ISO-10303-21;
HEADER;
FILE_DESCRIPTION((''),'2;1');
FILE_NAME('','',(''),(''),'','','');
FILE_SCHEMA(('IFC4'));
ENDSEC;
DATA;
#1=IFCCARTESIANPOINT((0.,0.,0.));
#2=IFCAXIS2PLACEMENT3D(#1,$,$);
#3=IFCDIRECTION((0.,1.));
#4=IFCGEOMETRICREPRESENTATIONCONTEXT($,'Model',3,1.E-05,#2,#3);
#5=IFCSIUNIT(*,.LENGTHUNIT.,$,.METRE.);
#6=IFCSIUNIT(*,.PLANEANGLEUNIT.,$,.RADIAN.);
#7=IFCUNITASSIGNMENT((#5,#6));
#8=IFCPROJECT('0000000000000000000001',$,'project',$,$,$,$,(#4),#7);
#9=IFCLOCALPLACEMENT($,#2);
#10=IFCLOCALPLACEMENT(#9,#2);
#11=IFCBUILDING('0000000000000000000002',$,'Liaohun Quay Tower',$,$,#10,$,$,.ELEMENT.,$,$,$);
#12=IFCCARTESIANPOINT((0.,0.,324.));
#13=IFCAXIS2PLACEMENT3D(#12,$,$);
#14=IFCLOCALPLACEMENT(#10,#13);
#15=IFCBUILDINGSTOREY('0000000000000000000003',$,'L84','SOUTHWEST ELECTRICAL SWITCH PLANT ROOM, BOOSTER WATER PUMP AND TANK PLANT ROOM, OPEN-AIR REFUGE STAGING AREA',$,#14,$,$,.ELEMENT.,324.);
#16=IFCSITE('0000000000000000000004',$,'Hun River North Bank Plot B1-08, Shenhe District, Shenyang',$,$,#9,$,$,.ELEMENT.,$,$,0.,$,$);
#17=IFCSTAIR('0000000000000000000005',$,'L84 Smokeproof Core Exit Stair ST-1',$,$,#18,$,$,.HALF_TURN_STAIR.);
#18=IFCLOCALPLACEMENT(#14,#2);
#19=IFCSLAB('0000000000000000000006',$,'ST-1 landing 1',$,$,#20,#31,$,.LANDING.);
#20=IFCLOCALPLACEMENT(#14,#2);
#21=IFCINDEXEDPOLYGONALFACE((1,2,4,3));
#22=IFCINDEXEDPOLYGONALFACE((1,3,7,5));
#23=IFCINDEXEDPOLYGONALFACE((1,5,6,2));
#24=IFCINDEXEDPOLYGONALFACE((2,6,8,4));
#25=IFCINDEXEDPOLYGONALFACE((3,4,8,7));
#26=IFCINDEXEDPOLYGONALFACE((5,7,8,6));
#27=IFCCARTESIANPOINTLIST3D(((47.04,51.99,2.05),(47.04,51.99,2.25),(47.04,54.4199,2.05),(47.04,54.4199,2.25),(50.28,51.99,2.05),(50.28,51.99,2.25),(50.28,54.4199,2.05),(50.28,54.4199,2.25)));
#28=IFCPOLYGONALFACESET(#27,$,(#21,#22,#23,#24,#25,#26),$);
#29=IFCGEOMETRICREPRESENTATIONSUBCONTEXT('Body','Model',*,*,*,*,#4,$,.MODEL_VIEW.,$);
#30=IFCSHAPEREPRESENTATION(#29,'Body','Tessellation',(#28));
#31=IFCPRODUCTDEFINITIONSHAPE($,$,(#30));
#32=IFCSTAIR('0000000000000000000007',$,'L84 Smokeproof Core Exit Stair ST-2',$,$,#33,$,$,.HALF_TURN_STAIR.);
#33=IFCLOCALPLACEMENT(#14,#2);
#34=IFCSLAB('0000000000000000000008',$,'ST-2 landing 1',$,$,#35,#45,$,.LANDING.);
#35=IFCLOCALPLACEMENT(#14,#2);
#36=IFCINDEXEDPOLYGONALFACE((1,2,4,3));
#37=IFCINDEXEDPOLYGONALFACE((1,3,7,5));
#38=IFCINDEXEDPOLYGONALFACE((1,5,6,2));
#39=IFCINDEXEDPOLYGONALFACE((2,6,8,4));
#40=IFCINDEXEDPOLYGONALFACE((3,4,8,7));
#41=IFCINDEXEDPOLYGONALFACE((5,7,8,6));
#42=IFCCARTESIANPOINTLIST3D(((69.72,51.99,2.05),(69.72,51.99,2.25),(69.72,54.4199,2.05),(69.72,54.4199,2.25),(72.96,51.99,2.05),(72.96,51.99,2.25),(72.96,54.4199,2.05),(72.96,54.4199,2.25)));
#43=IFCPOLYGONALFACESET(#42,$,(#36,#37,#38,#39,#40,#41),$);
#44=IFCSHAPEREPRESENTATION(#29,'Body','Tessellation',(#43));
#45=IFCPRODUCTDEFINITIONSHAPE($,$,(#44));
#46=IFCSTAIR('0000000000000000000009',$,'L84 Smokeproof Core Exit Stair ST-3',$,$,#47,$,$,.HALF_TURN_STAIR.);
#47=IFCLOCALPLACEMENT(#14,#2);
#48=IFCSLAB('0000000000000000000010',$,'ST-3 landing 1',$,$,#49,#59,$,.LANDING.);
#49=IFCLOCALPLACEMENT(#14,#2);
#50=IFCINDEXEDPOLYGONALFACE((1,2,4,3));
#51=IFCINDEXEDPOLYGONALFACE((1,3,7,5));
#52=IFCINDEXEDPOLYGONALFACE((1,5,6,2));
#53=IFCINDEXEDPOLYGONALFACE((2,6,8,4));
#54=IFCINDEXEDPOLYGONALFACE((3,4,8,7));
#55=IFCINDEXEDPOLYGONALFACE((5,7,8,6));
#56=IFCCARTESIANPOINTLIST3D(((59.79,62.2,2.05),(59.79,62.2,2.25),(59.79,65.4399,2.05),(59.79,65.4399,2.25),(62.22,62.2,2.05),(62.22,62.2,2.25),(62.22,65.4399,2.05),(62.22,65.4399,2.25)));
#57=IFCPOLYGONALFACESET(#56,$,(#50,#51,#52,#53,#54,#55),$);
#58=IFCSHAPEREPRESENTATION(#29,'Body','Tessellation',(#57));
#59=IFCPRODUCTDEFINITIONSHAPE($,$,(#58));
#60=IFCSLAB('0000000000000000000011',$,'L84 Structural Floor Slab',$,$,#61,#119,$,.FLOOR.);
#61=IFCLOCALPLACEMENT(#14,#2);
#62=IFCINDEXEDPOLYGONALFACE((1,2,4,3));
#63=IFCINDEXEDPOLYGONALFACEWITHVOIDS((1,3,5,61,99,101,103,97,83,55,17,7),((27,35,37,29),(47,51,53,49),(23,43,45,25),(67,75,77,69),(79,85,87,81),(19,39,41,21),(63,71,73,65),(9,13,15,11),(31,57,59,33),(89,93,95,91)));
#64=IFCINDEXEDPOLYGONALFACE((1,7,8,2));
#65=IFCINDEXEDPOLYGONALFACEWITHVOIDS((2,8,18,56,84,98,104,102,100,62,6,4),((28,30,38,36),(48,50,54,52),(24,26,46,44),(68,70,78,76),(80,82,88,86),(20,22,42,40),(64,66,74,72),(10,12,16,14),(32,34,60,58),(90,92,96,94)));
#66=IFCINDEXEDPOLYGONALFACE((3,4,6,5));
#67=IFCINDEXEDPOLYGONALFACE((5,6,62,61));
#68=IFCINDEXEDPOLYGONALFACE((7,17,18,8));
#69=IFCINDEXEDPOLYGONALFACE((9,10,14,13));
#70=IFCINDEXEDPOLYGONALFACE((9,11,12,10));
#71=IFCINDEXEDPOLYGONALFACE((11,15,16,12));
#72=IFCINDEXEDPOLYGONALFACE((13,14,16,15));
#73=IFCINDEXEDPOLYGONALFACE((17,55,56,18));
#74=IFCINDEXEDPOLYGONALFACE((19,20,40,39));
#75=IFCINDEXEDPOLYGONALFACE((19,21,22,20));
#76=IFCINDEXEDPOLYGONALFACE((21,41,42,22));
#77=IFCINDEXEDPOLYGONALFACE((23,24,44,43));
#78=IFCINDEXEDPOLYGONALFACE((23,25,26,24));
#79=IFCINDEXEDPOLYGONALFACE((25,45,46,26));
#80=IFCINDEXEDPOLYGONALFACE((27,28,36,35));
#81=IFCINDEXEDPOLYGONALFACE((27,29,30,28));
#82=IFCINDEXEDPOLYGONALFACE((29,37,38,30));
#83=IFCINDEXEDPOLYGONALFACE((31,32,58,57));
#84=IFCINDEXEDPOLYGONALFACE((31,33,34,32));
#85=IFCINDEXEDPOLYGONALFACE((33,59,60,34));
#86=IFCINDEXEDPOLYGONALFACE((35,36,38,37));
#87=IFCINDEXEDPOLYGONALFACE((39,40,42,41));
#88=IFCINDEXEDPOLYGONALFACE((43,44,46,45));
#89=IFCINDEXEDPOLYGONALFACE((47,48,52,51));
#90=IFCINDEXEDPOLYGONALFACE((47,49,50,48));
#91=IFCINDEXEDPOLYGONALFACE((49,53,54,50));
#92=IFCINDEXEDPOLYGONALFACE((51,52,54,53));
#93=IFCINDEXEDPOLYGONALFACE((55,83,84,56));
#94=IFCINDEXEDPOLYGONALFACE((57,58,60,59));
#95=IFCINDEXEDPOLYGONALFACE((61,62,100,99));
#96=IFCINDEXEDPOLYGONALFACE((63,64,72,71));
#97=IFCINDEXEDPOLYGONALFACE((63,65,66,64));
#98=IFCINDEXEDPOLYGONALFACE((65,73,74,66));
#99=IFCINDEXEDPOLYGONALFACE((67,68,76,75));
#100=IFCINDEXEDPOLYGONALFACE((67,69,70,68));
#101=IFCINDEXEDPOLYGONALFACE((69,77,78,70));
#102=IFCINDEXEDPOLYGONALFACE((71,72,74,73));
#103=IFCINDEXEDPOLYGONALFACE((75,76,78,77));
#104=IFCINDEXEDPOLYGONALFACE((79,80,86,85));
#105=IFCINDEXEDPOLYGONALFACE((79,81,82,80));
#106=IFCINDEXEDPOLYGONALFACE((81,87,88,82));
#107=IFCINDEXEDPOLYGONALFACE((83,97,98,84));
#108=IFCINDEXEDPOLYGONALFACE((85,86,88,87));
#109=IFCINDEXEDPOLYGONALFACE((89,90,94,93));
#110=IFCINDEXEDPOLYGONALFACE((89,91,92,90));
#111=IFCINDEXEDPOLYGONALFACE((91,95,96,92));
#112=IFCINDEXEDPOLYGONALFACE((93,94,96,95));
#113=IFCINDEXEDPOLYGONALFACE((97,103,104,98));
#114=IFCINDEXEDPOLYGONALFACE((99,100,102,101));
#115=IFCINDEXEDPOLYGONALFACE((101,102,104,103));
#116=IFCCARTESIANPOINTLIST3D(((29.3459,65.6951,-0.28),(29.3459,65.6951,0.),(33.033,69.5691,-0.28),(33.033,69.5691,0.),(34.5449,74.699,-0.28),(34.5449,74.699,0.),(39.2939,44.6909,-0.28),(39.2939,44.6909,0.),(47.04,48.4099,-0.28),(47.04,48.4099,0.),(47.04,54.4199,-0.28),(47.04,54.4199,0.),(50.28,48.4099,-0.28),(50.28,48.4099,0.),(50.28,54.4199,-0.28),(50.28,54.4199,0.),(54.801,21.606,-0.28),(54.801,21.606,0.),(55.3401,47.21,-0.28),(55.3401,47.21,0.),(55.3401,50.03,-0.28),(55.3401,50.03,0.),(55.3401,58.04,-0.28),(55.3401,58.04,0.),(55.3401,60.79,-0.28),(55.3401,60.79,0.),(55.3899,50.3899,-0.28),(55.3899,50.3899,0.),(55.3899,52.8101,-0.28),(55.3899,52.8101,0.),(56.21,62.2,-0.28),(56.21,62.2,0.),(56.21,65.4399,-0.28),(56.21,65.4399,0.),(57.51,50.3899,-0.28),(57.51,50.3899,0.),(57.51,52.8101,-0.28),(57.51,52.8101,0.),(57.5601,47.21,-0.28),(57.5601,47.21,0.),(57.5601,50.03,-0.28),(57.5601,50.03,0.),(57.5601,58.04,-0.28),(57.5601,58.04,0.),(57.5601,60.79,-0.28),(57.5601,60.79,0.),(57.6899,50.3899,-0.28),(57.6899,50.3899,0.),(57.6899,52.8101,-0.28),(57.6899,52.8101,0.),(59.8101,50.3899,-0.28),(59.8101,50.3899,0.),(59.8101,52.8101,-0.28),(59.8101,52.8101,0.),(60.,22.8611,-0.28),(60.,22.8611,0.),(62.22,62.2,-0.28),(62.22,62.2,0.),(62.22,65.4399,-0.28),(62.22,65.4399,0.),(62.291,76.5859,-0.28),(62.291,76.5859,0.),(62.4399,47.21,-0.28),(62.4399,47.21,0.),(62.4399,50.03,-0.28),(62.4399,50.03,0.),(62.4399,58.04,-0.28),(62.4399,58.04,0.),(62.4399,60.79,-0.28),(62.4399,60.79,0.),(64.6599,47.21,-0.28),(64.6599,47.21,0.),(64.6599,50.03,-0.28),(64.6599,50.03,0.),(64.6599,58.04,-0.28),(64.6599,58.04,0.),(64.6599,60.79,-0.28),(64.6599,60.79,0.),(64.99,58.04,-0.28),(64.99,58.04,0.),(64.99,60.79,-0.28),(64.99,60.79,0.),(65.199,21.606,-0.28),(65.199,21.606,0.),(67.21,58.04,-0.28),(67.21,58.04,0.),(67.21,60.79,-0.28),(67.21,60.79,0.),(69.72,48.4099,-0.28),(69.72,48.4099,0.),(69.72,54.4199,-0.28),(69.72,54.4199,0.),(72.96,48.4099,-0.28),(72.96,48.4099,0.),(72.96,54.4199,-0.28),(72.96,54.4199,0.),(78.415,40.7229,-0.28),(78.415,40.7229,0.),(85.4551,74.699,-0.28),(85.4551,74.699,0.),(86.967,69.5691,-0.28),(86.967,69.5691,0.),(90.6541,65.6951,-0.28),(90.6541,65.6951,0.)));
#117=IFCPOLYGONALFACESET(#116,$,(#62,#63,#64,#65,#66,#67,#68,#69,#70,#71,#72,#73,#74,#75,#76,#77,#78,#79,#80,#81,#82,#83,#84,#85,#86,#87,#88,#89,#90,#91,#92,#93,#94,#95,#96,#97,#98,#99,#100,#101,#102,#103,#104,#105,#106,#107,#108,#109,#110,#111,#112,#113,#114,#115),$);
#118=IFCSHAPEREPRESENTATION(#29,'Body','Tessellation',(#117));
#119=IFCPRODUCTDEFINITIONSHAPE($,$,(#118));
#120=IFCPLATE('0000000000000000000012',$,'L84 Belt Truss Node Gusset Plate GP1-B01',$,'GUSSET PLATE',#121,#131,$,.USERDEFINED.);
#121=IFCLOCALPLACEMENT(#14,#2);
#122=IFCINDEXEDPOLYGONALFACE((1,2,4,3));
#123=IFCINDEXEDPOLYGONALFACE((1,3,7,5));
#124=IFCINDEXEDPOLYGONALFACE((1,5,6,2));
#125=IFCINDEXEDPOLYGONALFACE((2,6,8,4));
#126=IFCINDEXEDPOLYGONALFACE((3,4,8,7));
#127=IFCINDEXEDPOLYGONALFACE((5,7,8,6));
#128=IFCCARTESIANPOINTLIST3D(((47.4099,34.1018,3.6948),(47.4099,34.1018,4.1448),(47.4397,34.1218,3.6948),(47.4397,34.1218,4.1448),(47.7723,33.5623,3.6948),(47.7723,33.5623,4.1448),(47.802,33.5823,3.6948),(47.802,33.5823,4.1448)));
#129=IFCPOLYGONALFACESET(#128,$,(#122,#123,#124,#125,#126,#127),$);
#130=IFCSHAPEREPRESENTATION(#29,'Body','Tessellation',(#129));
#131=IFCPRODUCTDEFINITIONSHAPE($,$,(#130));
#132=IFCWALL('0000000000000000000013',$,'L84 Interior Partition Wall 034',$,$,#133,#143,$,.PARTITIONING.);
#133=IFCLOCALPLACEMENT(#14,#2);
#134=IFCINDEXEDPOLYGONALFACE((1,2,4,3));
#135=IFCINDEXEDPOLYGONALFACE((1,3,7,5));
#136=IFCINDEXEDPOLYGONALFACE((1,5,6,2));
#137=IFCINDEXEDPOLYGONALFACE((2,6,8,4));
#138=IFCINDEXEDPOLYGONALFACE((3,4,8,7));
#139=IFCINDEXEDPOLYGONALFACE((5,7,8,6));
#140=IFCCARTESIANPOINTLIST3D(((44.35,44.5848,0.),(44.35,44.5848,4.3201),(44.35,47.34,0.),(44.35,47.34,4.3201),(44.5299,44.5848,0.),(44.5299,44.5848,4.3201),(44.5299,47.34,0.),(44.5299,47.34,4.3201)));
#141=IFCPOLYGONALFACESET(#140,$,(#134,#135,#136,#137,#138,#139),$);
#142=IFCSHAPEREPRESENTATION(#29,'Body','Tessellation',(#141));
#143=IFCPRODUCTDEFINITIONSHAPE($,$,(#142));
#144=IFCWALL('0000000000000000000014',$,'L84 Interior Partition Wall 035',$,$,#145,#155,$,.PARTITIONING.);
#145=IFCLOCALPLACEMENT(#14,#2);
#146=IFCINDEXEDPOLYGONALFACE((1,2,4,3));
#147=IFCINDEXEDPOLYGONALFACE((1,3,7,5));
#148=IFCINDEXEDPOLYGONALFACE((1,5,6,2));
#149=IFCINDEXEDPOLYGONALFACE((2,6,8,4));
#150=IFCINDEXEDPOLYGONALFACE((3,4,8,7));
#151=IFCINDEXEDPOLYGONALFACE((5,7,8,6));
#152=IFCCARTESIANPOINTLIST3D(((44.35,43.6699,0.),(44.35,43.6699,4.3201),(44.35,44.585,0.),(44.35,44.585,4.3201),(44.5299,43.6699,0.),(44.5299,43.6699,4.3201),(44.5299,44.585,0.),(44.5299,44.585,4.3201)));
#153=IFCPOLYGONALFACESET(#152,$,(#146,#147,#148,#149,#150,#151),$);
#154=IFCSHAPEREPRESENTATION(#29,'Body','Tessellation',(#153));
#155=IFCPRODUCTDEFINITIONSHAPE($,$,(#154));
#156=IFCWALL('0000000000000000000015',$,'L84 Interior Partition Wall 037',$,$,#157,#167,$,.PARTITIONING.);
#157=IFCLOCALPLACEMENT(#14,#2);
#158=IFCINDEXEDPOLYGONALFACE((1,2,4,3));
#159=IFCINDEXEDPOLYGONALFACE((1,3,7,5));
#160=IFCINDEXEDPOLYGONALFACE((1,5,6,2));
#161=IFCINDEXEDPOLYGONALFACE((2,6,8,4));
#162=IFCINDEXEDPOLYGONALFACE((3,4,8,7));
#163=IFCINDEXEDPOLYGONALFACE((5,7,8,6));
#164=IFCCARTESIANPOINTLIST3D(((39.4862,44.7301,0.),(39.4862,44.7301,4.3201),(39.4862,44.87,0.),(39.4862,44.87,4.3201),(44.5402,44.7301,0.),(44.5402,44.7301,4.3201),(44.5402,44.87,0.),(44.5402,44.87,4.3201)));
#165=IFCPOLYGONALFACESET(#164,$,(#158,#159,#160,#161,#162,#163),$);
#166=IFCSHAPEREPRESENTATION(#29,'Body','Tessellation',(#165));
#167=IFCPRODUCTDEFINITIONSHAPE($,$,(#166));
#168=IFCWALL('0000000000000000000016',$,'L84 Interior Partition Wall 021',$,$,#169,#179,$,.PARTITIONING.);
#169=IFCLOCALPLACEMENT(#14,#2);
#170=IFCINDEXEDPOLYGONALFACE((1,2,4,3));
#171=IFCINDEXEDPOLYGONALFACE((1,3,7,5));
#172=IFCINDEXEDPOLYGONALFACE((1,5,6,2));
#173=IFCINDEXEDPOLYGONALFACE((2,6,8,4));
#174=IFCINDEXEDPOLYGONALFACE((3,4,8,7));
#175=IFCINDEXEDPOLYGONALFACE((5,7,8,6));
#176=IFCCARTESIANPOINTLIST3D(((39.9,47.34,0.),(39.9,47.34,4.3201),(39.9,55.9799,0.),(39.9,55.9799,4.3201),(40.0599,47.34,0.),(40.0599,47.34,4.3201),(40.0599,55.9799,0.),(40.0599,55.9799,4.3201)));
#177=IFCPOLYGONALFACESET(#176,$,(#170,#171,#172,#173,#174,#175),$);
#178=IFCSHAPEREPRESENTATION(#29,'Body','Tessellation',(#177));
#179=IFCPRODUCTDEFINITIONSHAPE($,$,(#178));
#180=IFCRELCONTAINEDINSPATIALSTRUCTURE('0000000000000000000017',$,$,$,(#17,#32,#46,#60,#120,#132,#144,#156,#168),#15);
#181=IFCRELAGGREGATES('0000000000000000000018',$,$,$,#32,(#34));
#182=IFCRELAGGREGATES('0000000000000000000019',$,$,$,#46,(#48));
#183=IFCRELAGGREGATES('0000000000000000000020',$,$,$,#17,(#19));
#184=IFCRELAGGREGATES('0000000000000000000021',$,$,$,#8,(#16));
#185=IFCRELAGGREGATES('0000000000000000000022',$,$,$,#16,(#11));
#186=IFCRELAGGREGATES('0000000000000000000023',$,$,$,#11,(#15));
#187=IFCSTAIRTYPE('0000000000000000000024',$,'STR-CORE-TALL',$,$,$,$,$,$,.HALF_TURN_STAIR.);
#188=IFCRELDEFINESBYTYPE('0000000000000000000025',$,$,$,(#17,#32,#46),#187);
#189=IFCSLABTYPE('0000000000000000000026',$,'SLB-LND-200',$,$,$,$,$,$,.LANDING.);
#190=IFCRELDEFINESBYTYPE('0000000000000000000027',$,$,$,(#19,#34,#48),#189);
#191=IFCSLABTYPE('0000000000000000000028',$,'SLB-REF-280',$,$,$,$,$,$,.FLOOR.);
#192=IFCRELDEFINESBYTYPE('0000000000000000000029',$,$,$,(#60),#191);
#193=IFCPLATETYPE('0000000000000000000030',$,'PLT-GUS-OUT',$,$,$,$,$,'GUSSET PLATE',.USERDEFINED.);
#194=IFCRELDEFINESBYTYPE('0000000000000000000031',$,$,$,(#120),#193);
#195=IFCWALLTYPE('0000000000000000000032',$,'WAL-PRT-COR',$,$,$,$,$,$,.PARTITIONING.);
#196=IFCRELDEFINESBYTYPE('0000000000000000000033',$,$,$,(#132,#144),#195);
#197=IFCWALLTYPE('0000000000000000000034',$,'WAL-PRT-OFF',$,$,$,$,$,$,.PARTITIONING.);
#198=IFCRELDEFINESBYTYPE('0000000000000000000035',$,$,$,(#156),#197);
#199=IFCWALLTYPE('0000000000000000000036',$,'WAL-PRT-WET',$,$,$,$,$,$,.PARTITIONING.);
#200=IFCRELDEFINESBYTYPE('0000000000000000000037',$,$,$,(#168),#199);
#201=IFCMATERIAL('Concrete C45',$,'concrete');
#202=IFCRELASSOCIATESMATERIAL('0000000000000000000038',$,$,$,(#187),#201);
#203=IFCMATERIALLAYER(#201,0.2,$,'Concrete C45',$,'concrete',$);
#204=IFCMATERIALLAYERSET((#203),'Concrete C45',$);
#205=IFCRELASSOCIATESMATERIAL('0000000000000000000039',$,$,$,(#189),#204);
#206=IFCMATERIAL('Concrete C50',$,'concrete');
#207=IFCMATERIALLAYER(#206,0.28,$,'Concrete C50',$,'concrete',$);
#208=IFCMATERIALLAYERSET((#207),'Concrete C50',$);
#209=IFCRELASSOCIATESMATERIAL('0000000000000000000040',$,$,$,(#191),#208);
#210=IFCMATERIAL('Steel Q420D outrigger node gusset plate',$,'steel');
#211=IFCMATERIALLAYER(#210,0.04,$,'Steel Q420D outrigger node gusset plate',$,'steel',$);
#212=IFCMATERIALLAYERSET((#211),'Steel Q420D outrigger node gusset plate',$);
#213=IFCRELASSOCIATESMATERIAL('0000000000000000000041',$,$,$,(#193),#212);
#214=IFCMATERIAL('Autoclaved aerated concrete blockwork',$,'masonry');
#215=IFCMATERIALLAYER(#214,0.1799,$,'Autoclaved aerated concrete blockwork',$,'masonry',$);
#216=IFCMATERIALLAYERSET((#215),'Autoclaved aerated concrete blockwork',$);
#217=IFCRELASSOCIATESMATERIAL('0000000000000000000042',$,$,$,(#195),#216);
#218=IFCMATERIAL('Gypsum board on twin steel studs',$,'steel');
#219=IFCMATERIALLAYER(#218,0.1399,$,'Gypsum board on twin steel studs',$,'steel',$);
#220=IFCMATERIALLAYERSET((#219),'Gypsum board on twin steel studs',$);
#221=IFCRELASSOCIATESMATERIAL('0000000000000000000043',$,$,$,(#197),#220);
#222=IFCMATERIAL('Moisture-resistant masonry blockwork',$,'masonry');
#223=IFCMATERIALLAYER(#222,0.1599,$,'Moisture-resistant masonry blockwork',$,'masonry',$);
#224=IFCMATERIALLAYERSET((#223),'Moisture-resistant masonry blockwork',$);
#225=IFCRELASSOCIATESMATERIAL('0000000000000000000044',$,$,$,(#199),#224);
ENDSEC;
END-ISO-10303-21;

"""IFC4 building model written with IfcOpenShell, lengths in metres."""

from ifc_helpers import new_model, si_unit, direction, frame, frame_2d, origin, origin_2d, place, context, subcontext, project, spatial, polyline, rectangle, outline, extrude, source, transform, mapped, material, layer, layer_set, type_object, element, aggregate, save


model = new_model("IFC4")

# Units and contexts
model_context = context("Model", 3, precision=1e-05, world=origin(), true_north=direction((0.0, 1.0)))
body_context = subcontext(model_context, "Body", "Model", "MODEL_VIEW")
ifc_project = project(units=[si_unit("LENGTHUNIT", "METRE"), si_unit("PLANEANGLEUNIT", "RADIAN")], contexts=[model_context])

# Site, building, storey
site_placement = place(None, origin())
site = spatial("IfcSite", under=ifc_project, at=site_placement, Name="Hun River North Bank Plot B1-08, Shenhe District, Shenyang", CompositionType="ELEMENT", RefElevation=0.0)
building_placement = place(site_placement, origin())
building = spatial("IfcBuilding", under=site, at=building_placement, Name="Liaohun Quay Tower", CompositionType="ELEMENT")
storey_placement = place(building_placement, frame((0.0, 0.0, 324.0)))
storey = spatial("IfcBuildingStorey", under=building, at=storey_placement, Name="L84", Description="SOUTHWEST ELECTRICAL SWITCH PLANT ROOM, BOOSTER WATER PUMP AND TANK PLANT ROOM, OPEN-AIR REFUGE STAGING AREA", CompositionType="ELEMENT", Elevation=324.0)

# Shared definitions
ifc_material_1 = material(Name="Concrete C50", Category="concrete")

# Stairs, slabs
ifc_material_2 = material(Name="Concrete C45", Category="concrete")
stair_type = type_object("IfcStairType", Name="STR-CORE-TALL", PredefinedType="HALF_TURN_STAIR", material=ifc_material_2)
stair_1_placement = place(storey_placement, origin())
stair_1 = element("IfcStair", 1, at=stair_1_placement, inside=storey, type_object=stair_type, Name="L84 Smokeproof Core Exit Stair ST-1", PredefinedType="HALF_TURN_STAIR")
ifc_layer_1 = layer(ifc_material_2, 0.2, Name="Concrete C45", Category="concrete")
ifc_layer_set_1 = layer_set([ifc_layer_1], Name="Concrete C45")
slab_type_1 = type_object("IfcSlabType", Name="SLB-LND-200", PredefinedType="LANDING", material=ifc_layer_set_1)
slab_1_placement = place(storey_placement, frame((0.0, 0.0, 2.05)))
slab_1 = element("IfcSlab", 2, at=slab_1_placement, type_object=slab_type_1, Name="ST-1 landing 1", PredefinedType="LANDING", context=body_context, shape_type="SweptSolid", body=[
    extrude(outline(polyline([(50.28, 51.99), (50.28, 54.4199), (47.04, 54.4199), (47.04, 51.99), (50.28, 51.99)])), origin(), (0.0, 0.0, 1.0), 0.2),
])
stair_2_placement = place(storey_placement, origin())
stair_2 = element("IfcStair", 3, at=stair_2_placement, inside=storey, type_object=stair_type, Name="L84 Smokeproof Core Exit Stair ST-2", PredefinedType="HALF_TURN_STAIR")
slab_2_placement = place(storey_placement, frame((0.0, 0.0, 2.05)))
slab_2 = element("IfcSlab", 4, at=slab_2_placement, type_object=slab_type_1, Name="ST-2 landing 1", PredefinedType="LANDING", context=body_context, shape_type="SweptSolid", body=[
    extrude(outline(polyline([(72.96, 51.99), (72.96, 54.4199), (69.72, 54.4199), (69.72, 51.99), (72.96, 51.99)])), origin(), (0.0, 0.0, 1.0), 0.2),
])
aggregate(stair_2, [slab_2])
stair_3_placement = place(storey_placement, origin())
stair_3 = element("IfcStair", 5, at=stair_3_placement, inside=storey, type_object=stair_type, Name="L84 Smokeproof Core Exit Stair ST-3", PredefinedType="HALF_TURN_STAIR")
slab_3_placement = place(storey_placement, frame((0.0, 0.0, 2.05)))
slab_3 = element("IfcSlab", 6, at=slab_3_placement, type_object=slab_type_1, Name="ST-3 landing 1", PredefinedType="LANDING", context=body_context, shape_type="SweptSolid", body=[
    extrude(outline(polyline([(59.79, 62.2), (62.22, 62.2), (62.22, 65.4399), (59.79, 65.4399), (59.79, 62.2)])), origin(), (0.0, 0.0, 1.0), 0.2),
])
aggregate(stair_3, [slab_3])

# Slab
ifc_layer_2 = layer(ifc_material_1, 0.28, Name="Concrete C50", Category="concrete")
ifc_layer_set_2 = layer_set([ifc_layer_2], Name="Concrete C50")
slab_type_2 = type_object("IfcSlabType", Name="SLB-REF-280", PredefinedType="FLOOR", material=ifc_layer_set_2)
slab_4_placement = place(storey_placement, frame((0.0, 0.0, -0.28)))
element("IfcSlab", 7, at=slab_4_placement, inside=storey, type_object=slab_type_2, Name="L84 Structural Floor Slab", PredefinedType="FLOOR", context=body_context, shape_type="SweptSolid", body=[
    extrude(outline(polyline([(54.801, 21.606), (60.0, 22.8611), (65.199, 21.606), (78.415, 40.7229), (90.6541, 65.6951), (86.967, 69.5691), (85.4551, 74.699), (62.291, 76.5859), (34.5449, 74.699), (33.033, 69.5691), (29.3459, 65.6951), (39.2939, 44.6909), (54.801, 21.606)]), holes=[polyline([(57.5601, 50.03), (55.3401, 50.03), (55.3401, 47.21), (57.5601, 47.21), (57.5601, 50.03)]), polyline([(64.6599, 50.03), (62.4399, 50.03), (62.4399, 47.21), (64.6599, 47.21), (64.6599, 50.03)]), polyline([(47.04, 54.4199), (47.04, 48.4099), (50.28, 48.4099), (50.28, 54.4199), (47.04, 54.4199)]), polyline([(72.96, 54.4199), (69.72, 54.4199), (69.72, 48.4099), (72.96, 48.4099), (72.96, 54.4199)]), polyline([(57.51, 50.3899), (57.51, 52.8101), (55.3899, 52.8101), (55.3899, 50.3899), (57.51, 50.3899)]), polyline([(59.8101, 52.8101), (57.6899, 52.8101), (57.6899, 50.3899), (59.8101, 50.3899), (59.8101, 52.8101)]), polyline([(57.5601, 60.79), (55.3401, 60.79), (55.3401, 58.04), (57.5601, 58.04), (57.5601, 60.79)]), polyline([(64.6599, 60.79), (62.4399, 60.79), (62.4399, 58.04), (64.6599, 58.04), (64.6599, 60.79)]), polyline([(67.21, 58.04), (67.21, 60.79), (64.99, 60.79), (64.99, 58.04), (67.21, 58.04)]), polyline([(62.22, 62.2), (62.22, 65.4399), (56.21, 65.4399), (56.21, 62.2), (62.22, 62.2)])]), origin(), (0.0, 0.0, 1.0), 0.28),
])

# Plate
ifc_material_3 = material(Name="Steel Q420D outrigger node gusset plate", Category="steel")
ifc_layer_3 = layer(ifc_material_3, 0.04, Name="Steel Q420D outrigger node gusset plate", Category="steel")
ifc_layer_set_3 = layer_set([ifc_layer_3], Name="Steel Q420D outrigger node gusset plate")
plate_type = type_object("IfcPlateType", Name="PLT-GUS-OUT", ElementType="GUSSET PLATE", PredefinedType="USERDEFINED", material=ifc_layer_set_3)
shared_shape_1 = source(origin(), body_context, "Body", "SweptSolid", [
    extrude(rectangle(XDim=0.6499, YDim=0.0359, at=origin_2d()), origin(), (0.0, 0.0, 1.0), 0.45),
])
plate_placement = place(storey_placement, frame((47.606, 33.842, 3.6948), z_axis=(0.0, 0.0, 1.0), x_axis=(-0.5576, 0.83011, 0.0)))
element("IfcPlate", 8, at=plate_placement, inside=storey, type_object=plate_type, Name="L84 Belt Truss Node Gusset Plate GP1-B01", ObjectType="GUSSET PLATE", PredefinedType="USERDEFINED", context=body_context, shape_type="MappedRepresentation", body=[
    mapped(shared_shape_1, transform((0.0, 0.0, 0.0), x_axis=(1.0, 0.0, 0.0), y_axis=(0.0, 1.0, 0.0), z_axis=(0.0, 0.0, 1.0), scale=1.0)),
])

# Walls
ifc_material_4 = material(Name="Autoclaved aerated concrete blockwork", Category="masonry")
ifc_layer_4 = layer(ifc_material_4, 0.1799, Name="Autoclaved aerated concrete blockwork", Category="masonry")
ifc_layer_set_4 = layer_set([ifc_layer_4], Name="Autoclaved aerated concrete blockwork")
wall_type_1 = type_object("IfcWallType", Name="WAL-PRT-COR", PredefinedType="PARTITIONING", material=ifc_layer_set_4)
wall_1_placement = place(storey_placement, frame((44.4399, 44.585, 0.0), z_axis=(0.0, 0.0, 1.0), x_axis=(0.0, 1.0, 0.0)))
element("IfcWall", 9, at=wall_1_placement, inside=storey, type_object=wall_type_1, Name="L84 Interior Partition Wall 034", PredefinedType="PARTITIONING", context=body_context, shape_type="SweptSolid", body=[
    extrude(rectangle(XDim=2.7551, YDim=0.1799, at=frame_2d((1.3774, 0.0))), origin(), (0.0, 0.0, 1.0), 4.3201),
])
wall_2_placement = place(storey_placement, frame((44.4399, 43.6699, 0.0), z_axis=(0.0, 0.0, 1.0), x_axis=(0.0, 1.0, 0.0)))
element("IfcWall", 10, at=wall_2_placement, inside=storey, type_object=wall_type_1, Name="L84 Interior Partition Wall 035", PredefinedType="PARTITIONING", context=body_context, shape_type="SweptSolid", body=[
    extrude(rectangle(XDim=0.915, YDim=0.1799, at=frame_2d((0.4575, 0.0))), origin(), (0.0, 0.0, 1.0), 4.3201),
])
ifc_material_5 = material(Name="Gypsum board on twin steel studs", Category="steel")
ifc_layer_5 = layer(ifc_material_5, 0.1399, Name="Gypsum board on twin steel studs", Category="steel")
ifc_layer_set_5 = layer_set([ifc_layer_5], Name="Gypsum board on twin steel studs")
wall_type_2 = type_object("IfcWallType", Name="WAL-PRT-OFF", PredefinedType="PARTITIONING", material=ifc_layer_set_5)
wall_3_placement = place(storey_placement, frame((44.54, 44.8, 0.0), z_axis=(0.0, 0.0, 1.0), x_axis=(-1.0, 0.0, 0.0)))
element("IfcWall", 11, at=wall_3_placement, inside=storey, type_object=wall_type_2, Name="L84 Interior Partition Wall 037", PredefinedType="PARTITIONING", context=body_context, shape_type="SweptSolid", body=[
    extrude(rectangle(XDim=5.054, YDim=0.1399, at=frame_2d((2.5269, 0.0))), origin(), (0.0, 0.0, 1.0), 4.3201),
])

# Shared definitions
ifc_material_6 = material(Name="Moisture-resistant masonry blockwork", Category="masonry")
ifc_layer_6 = layer(ifc_material_6, 0.1599, Name="Moisture-resistant masonry blockwork", Category="masonry")
ifc_layer_set_6 = layer_set([ifc_layer_6], Name="Moisture-resistant masonry blockwork")
wall_type_3 = type_object("IfcWallType", Name="WAL-PRT-WET", PredefinedType="PARTITIONING", material=ifc_layer_set_6)

# Wall
wall_4_placement = place(storey_placement, frame((39.98, 47.3401, 0.0), z_axis=(0.0, 0.0, 1.0), x_axis=(0.0, 1.0, 0.0)))
element("IfcWall", 12, at=wall_4_placement, inside=storey, type_object=wall_type_3, Name="L84 Interior Partition Wall 021", PredefinedType="PARTITIONING", context=body_context, shape_type="SweptSolid", body=[
    extrude(rectangle(XDim=8.6399, YDim=0.1599, at=frame_2d((4.3198, 0.0))), origin(), (0.0, 0.0, 1.0), 4.3201),
])

aggregate(stair_1, [slab_1])

save(model, "model.ifc")
